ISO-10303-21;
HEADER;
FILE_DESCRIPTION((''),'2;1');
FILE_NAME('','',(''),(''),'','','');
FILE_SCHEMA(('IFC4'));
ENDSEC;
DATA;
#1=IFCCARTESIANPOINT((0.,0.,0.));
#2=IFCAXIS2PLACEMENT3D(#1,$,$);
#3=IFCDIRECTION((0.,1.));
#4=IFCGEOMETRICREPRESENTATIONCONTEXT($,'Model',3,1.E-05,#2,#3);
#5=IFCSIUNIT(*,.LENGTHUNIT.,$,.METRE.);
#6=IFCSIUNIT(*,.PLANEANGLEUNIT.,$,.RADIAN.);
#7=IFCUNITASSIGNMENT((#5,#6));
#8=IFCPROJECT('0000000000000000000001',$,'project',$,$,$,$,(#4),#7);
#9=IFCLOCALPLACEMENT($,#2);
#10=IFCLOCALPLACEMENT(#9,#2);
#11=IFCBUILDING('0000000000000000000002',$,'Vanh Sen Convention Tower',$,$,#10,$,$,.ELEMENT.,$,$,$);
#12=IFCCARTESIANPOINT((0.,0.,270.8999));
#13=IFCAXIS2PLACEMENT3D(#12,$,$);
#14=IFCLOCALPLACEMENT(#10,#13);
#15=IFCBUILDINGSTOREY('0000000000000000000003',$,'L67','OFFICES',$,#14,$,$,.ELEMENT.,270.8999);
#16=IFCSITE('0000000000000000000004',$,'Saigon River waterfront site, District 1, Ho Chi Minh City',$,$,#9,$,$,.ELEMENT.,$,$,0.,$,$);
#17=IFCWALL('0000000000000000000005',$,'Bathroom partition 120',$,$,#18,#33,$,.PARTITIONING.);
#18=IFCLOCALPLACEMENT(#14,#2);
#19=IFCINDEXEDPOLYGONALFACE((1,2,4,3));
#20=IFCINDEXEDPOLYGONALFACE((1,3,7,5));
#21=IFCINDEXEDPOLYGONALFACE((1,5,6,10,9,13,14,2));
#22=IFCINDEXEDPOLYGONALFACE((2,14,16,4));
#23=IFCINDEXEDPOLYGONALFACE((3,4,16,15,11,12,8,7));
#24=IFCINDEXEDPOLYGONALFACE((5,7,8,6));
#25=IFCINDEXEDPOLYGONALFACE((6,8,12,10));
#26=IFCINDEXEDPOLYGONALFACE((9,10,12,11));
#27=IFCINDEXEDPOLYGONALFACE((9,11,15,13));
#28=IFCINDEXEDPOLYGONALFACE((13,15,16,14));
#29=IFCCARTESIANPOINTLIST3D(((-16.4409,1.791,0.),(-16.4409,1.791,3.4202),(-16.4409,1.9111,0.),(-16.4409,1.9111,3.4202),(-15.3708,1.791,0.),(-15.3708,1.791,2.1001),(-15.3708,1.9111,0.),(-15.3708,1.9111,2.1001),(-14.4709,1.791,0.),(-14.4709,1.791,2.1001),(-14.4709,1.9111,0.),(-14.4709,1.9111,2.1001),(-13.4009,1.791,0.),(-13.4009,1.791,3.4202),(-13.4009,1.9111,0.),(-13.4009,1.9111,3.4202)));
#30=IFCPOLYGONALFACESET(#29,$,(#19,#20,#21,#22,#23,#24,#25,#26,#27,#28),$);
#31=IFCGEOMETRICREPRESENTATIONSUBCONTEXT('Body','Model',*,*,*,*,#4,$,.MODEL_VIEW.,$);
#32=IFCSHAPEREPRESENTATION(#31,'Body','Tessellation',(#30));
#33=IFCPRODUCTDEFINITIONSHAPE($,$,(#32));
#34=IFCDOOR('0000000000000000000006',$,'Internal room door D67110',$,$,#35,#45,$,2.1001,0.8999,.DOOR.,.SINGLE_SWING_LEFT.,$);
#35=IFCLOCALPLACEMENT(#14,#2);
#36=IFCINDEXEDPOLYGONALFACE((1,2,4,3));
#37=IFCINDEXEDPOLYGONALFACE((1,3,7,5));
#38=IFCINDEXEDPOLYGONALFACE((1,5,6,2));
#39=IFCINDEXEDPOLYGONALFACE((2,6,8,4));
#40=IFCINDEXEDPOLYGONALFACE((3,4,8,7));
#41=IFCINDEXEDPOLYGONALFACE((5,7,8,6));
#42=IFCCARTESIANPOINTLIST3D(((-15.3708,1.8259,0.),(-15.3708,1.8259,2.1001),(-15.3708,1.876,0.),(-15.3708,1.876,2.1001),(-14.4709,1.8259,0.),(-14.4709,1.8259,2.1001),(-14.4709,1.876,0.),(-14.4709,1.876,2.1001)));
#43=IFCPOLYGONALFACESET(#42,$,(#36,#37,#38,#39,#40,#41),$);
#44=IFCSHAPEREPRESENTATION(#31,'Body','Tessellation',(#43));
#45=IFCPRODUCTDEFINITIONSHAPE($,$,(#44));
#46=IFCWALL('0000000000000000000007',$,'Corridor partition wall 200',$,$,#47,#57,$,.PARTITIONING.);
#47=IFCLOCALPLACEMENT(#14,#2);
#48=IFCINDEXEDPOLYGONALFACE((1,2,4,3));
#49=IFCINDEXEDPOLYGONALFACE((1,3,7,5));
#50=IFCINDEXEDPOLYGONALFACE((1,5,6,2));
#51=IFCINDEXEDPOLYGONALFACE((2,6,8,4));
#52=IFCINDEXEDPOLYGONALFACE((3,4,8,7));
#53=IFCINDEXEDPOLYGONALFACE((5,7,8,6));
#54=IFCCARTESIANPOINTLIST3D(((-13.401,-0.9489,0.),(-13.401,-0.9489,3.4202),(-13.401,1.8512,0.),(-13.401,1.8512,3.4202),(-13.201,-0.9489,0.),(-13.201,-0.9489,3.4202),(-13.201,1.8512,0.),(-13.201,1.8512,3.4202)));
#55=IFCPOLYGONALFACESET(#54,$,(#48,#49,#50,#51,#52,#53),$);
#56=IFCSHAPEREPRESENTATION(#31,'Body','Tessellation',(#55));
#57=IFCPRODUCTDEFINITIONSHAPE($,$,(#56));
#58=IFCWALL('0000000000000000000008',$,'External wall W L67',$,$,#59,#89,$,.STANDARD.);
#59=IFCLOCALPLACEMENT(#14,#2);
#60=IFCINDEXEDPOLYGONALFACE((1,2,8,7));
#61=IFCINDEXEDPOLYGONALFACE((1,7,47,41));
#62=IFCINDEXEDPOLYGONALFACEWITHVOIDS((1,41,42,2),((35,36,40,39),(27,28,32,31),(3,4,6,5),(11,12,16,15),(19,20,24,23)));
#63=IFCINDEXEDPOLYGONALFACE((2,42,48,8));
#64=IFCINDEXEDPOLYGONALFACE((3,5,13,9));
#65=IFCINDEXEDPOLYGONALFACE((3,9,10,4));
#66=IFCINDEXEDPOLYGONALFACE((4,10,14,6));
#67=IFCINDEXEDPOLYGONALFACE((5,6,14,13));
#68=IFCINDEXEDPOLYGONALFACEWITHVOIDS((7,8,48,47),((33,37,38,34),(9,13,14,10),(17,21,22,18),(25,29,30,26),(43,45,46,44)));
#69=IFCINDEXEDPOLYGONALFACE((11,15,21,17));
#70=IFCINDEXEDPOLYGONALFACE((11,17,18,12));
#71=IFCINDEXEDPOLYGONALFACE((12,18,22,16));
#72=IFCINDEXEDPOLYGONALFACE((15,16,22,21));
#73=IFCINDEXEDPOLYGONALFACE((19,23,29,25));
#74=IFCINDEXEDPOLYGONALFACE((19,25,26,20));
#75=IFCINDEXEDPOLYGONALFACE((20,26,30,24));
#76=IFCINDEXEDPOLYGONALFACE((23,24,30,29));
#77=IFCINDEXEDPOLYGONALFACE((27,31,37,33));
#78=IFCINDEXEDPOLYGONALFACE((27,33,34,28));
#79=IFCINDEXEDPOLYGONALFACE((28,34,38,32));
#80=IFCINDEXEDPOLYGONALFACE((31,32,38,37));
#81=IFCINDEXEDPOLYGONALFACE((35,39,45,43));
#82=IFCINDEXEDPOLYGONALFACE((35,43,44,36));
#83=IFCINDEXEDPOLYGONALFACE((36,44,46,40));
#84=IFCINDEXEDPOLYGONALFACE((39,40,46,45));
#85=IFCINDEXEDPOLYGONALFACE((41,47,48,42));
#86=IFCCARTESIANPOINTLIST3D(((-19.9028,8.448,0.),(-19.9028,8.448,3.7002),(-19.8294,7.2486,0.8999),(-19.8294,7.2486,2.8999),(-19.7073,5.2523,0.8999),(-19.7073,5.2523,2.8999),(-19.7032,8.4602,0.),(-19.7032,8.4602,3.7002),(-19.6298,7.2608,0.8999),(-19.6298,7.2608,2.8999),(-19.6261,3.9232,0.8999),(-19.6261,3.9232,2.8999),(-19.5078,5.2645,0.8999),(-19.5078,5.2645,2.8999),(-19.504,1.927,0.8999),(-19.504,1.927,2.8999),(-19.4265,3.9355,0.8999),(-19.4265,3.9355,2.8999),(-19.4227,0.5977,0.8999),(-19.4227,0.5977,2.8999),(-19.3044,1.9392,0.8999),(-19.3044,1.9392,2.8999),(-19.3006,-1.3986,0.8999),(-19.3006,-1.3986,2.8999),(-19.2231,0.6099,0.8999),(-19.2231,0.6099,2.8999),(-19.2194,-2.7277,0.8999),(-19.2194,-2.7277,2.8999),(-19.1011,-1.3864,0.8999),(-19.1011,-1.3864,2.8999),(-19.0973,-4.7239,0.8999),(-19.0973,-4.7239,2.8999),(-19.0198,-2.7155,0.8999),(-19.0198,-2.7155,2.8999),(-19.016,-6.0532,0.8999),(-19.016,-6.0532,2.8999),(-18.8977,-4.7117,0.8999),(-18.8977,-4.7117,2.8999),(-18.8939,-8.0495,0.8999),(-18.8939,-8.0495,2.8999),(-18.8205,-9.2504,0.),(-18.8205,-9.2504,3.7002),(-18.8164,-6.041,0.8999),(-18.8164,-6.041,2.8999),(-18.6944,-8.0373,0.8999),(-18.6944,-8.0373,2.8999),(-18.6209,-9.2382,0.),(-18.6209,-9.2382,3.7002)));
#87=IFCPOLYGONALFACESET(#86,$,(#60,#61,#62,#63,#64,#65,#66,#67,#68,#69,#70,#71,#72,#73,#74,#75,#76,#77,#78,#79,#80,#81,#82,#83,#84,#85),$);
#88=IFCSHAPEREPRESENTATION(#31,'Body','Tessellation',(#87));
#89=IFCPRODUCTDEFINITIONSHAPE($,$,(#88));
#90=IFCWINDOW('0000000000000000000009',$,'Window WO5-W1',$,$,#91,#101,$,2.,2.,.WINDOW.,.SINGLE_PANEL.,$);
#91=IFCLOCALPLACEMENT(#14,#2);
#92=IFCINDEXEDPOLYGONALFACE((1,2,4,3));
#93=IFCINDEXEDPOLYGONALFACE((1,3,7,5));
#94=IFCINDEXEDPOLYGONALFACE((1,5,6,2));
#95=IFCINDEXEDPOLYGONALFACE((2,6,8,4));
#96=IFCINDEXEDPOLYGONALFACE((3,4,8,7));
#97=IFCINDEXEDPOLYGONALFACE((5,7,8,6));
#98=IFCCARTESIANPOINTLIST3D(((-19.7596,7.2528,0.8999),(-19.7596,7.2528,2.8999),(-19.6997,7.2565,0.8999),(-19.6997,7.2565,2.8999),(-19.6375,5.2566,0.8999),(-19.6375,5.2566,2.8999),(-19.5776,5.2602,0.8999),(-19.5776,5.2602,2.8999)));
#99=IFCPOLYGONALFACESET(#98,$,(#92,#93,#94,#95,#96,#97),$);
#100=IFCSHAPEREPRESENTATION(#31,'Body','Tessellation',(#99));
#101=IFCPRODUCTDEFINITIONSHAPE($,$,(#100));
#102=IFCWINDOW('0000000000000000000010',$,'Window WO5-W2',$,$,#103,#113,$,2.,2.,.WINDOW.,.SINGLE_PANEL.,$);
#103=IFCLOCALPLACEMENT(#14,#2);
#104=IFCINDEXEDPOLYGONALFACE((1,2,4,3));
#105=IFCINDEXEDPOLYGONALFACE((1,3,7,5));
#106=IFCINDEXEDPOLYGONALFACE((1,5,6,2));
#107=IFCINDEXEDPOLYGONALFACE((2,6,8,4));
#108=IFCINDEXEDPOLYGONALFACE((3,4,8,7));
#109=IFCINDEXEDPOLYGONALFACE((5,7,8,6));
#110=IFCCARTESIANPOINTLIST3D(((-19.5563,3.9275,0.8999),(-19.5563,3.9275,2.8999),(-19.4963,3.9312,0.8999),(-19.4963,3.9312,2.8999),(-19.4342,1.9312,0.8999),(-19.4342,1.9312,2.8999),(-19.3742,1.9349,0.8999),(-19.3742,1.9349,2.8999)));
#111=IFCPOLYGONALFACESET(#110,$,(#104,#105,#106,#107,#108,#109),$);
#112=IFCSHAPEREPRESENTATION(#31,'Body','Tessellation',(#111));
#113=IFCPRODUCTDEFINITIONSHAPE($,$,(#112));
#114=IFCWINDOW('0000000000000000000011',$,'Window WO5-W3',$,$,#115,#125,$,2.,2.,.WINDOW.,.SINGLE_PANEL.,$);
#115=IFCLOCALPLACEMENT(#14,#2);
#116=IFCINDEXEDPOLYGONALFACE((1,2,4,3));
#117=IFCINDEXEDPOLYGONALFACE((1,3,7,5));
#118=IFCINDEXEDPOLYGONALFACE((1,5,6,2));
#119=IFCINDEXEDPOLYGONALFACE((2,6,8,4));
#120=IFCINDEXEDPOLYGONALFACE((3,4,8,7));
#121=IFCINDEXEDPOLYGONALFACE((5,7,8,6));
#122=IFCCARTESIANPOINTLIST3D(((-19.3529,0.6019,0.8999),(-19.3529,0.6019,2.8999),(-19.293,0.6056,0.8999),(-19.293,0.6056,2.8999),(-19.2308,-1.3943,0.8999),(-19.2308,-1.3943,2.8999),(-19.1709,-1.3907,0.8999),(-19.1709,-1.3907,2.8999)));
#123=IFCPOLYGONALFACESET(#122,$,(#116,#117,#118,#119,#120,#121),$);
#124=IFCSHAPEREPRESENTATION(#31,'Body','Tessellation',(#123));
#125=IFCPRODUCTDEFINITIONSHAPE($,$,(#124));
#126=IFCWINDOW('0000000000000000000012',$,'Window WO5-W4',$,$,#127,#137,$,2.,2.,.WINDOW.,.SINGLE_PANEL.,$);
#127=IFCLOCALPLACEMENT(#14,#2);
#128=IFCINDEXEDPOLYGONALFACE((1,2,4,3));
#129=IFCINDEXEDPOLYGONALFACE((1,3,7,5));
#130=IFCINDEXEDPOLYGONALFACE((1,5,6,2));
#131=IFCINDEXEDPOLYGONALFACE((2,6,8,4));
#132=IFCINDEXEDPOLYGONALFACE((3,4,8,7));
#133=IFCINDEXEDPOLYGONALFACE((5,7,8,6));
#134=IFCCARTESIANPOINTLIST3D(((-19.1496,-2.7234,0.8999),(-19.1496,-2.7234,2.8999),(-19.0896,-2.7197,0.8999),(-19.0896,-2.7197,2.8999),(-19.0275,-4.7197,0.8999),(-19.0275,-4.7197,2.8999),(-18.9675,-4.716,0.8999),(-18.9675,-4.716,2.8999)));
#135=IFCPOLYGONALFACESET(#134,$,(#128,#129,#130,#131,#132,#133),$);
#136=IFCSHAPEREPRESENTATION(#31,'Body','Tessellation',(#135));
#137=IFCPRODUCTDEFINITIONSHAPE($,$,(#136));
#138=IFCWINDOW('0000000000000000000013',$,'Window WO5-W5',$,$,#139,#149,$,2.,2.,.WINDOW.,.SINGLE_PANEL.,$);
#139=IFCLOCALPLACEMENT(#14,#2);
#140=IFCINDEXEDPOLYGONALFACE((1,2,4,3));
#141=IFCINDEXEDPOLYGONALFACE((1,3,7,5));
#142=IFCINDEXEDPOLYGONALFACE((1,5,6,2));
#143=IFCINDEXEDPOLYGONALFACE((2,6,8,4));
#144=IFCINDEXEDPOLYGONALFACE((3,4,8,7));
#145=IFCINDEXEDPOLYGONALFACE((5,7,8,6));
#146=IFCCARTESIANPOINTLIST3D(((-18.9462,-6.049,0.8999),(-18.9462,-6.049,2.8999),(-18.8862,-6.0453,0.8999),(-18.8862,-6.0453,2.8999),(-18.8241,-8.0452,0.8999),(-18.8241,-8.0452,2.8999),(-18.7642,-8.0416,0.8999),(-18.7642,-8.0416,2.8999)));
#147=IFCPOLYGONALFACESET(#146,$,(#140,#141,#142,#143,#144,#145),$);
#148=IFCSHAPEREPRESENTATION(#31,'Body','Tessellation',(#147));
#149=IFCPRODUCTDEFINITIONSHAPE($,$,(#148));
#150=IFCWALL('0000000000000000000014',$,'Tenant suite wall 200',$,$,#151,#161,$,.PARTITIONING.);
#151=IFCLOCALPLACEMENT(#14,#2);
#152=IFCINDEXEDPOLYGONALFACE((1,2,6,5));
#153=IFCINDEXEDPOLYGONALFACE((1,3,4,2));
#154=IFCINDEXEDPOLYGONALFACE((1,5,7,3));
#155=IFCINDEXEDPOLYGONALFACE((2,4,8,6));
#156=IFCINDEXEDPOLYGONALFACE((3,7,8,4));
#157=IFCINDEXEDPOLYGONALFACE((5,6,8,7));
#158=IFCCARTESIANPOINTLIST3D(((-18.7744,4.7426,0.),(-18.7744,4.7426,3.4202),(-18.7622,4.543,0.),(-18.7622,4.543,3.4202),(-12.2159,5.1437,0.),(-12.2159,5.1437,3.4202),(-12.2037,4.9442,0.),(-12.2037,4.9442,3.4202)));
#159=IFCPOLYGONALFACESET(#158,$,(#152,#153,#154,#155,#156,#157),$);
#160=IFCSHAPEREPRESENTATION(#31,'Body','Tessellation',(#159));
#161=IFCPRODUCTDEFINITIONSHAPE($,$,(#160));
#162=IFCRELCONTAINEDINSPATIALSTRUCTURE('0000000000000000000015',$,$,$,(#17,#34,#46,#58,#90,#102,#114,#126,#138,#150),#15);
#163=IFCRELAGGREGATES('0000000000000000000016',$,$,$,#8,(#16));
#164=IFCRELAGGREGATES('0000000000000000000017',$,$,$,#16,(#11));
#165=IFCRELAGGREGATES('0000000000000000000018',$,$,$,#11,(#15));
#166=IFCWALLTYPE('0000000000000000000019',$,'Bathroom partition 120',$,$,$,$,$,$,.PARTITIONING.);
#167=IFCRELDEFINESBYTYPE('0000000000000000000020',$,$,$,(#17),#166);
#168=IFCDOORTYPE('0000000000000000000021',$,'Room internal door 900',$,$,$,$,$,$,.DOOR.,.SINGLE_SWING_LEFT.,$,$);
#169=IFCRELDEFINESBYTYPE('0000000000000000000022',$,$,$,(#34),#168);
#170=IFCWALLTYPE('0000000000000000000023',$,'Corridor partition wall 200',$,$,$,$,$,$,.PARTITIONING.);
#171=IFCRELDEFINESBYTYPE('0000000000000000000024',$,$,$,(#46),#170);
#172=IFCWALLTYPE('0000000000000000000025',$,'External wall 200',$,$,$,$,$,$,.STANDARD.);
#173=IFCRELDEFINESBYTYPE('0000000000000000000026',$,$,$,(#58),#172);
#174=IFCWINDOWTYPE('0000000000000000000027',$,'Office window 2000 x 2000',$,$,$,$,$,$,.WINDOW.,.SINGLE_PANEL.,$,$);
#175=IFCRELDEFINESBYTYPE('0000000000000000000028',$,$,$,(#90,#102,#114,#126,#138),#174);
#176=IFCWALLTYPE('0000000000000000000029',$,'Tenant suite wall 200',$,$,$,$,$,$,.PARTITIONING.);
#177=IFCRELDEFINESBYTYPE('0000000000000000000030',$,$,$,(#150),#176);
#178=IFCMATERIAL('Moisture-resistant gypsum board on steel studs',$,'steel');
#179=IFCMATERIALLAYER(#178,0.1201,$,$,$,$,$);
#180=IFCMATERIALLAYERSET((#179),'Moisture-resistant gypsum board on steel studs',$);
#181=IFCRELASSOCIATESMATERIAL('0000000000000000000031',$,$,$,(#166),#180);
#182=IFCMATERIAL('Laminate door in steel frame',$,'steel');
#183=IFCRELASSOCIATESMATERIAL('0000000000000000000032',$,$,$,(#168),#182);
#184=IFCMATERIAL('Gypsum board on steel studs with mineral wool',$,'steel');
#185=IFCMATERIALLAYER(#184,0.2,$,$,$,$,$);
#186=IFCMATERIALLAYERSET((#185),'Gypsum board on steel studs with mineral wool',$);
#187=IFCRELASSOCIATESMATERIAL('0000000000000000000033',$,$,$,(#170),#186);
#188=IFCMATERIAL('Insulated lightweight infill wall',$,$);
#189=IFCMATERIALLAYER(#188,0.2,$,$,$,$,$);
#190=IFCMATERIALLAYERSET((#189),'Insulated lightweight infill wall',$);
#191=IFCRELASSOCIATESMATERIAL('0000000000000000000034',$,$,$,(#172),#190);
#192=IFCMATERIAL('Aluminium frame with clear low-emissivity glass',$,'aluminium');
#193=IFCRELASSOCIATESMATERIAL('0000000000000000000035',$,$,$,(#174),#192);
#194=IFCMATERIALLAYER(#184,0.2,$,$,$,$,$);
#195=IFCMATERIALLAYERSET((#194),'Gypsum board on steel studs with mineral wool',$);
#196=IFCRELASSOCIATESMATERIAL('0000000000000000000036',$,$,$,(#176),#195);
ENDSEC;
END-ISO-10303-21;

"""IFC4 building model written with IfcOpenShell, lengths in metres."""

from ifc_helpers import new_model, si_unit, direction, frame, frame_2d, origin, place, context, subcontext, project, spatial, rectangle, extrude, material, layer, layer_set, type_object, element, fill, save


model = new_model("IFC4")

# Units and contexts
model_context = context("Model", 3, precision=1e-05, world=origin(), true_north=direction((0.0, 1.0)))
body_context = subcontext(model_context, "Body", "Model", "MODEL_VIEW")
ifc_project = project(units=[si_unit("LENGTHUNIT", "METRE"), si_unit("PLANEANGLEUNIT", "RADIAN")], contexts=[model_context])

# Site, building, storey
site_placement = place(None, origin())
site = spatial("IfcSite", under=ifc_project, at=site_placement, Name="Saigon River waterfront site, District 1, Ho Chi Minh City", CompositionType="ELEMENT", RefElevation=0.0)
building_placement = place(site_placement, origin())
building = spatial("IfcBuilding", under=site, at=building_placement, Name="Vanh Sen Convention Tower", CompositionType="ELEMENT")
storey_placement = place(building_placement, frame((0.0, 0.0, 270.8999)))
storey = spatial("IfcBuildingStorey", under=building, at=storey_placement, Name="L67", Description="OFFICES", CompositionType="ELEMENT", Elevation=270.8999)

# Wall, opening, door
ifc_material_1 = material(Name="Moisture-resistant gypsum board on steel studs", Category="steel")
ifc_layer_1 = layer(ifc_material_1, 0.1201)
ifc_layer_set_1 = layer_set([ifc_layer_1], Name="Moisture-resistant gypsum board on steel studs")
wall_type_1 = type_object("IfcWallType", Name="Bathroom partition 120", PredefinedType="PARTITIONING", material=ifc_layer_set_1)
wall_1_placement = place(storey_placement, frame((-16.4409, 1.8511, 0.0), z_axis=(0.0, 0.0, 1.0), x_axis=(1.0, 0.0, 0.0)))
wall_1 = element("IfcWall", 1, at=wall_1_placement, inside=storey, type_object=wall_type_1, Name="Bathroom partition 120", PredefinedType="PARTITIONING", context=body_context, shape_type="SweptSolid", body=[
    extrude(rectangle(XDim=3.04, YDim=0.1201, at=frame_2d((1.52, 0.0))), origin(), (0.0, 0.0, 1.0), 3.4202),
])
opening_1_placement = place(wall_1_placement, frame((1.0701, 0.0, 0.0)))
opening_1 = element("IfcOpeningElement", 2, at=opening_1_placement, cuts=wall_1, PredefinedType="OPENING", context=body_context, shape_type="SweptSolid", body=[
    extrude(rectangle(XDim=0.8999, YDim=2.1001, at=frame_2d((0.45, 1.05))), frame((0.0, 0.0701, 0.0), z_axis=(0.0, -1.0, 0.0), x_axis=(1.0, 0.0, 0.0)), (0.0, 0.0, 1.0), 0.1401),
])
ifc_material_2 = material(Name="Laminate door in steel frame", Category="steel")
door_type = type_object("IfcDoorType", Name="Room internal door 900", OperationType="SINGLE_SWING_LEFT", PredefinedType="DOOR", material=ifc_material_2)
door_placement = place(opening_1_placement, origin())
door = element("IfcDoor", 3, at=door_placement, inside=storey, type_object=door_type, Name="Internal room door D67110", OperationType="SINGLE_SWING_LEFT", OverallHeight=2.1001, OverallWidth=0.8999, PredefinedType="DOOR", context=body_context, shape_type="SweptSolid", body=[
    extrude(rectangle(XDim=0.8999, YDim=2.1001, at=frame_2d((0.45, 1.05))), frame((0.0, 0.0249, 0.0), z_axis=(0.0, -1.0, 0.0), x_axis=(1.0, 0.0, 0.0)), (0.0, 0.0, 1.0), 0.05),
])
fill(opening_1, door)

# Wall
ifc_material_3 = material(Name="Gypsum board on steel studs with mineral wool", Category="steel")
ifc_layer_2 = layer(ifc_material_3, 0.2)
ifc_layer_set_2 = layer_set([ifc_layer_2], Name="Gypsum board on steel studs with mineral wool")
wall_type_2 = type_object("IfcWallType", Name="Corridor partition wall 200", PredefinedType="PARTITIONING", material=ifc_layer_set_2)
wall_2_placement = place(storey_placement, frame((-13.301, 1.8511, 0.0), z_axis=(0.0, 0.0, 1.0), x_axis=(0.0, -1.0, 0.0)))
element("IfcWall", 4, at=wall_2_placement, inside=storey, type_object=wall_type_2, Name="Corridor partition wall 200", PredefinedType="PARTITIONING", context=body_context, shape_type="SweptSolid", body=[
    extrude(rectangle(XDim=2.8, YDim=0.2, at=frame_2d((1.3999, 0.0))), origin(), (0.0, 0.0, 1.0), 3.4202),
])

# Wall, openings, windows
ifc_material_4 = material(Name="Insulated lightweight infill wall")
ifc_layer_3 = layer(ifc_material_4, 0.2)
ifc_layer_set_3 = layer_set([ifc_layer_3], Name="Insulated lightweight infill wall")
wall_type_3 = type_object("IfcWallType", Name="External wall 200", PredefinedType="STANDARD", material=ifc_layer_set_3)
wall_3_placement = place(storey_placement, frame((-19.803, 8.4541, 0.0), z_axis=(0.0, 0.0, 1.0), x_axis=(0.061037, -0.998136, 0.0)))
wall_3 = element("IfcWall", 5, at=wall_3_placement, inside=storey, type_object=wall_type_3, Name="External wall W L67", PredefinedType="STANDARD", context=body_context, shape_type="SweptSolid", body=[
    extrude(rectangle(XDim=17.7314, YDim=0.2, at=frame_2d((8.8657, 0.0))), origin(), (0.0, 0.0, 1.0), 3.7002),
])
opening_2_placement = place(wall_3_placement, frame((1.2017, 0.0, 0.8999)))
opening_2 = element("IfcOpeningElement", 6, at=opening_2_placement, cuts=wall_3, PredefinedType="OPENING", context=body_context, shape_type="SweptSolid", body=[
    extrude(rectangle(XDim=2.0, YDim=2.0, at=frame_2d((1.0, 1.0))), frame((0.0, 0.1099, 0.0), z_axis=(0.0, -1.0, 0.0), x_axis=(1.0, 0.0, 0.0)), (0.0, 0.0, 1.0), 0.22),
])
opening_3_placement = place(wall_3_placement, frame((4.5332, 0.0, 0.8999)))
opening_3 = element("IfcOpeningElement", 7, at=opening_3_placement, cuts=wall_3, PredefinedType="OPENING", context=body_context, shape_type="SweptSolid", body=[
    extrude(rectangle(XDim=2.0, YDim=2.0, at=frame_2d((1.0, 1.0))), frame((0.0, 0.1099, 0.0), z_axis=(0.0, -1.0, 0.0), x_axis=(1.0, 0.0, 0.0)), (0.0, 0.0, 1.0), 0.22),
])
opening_4_placement = place(wall_3_placement, frame((7.865, 0.0, 0.8999)))
opening_4 = element("IfcOpeningElement", 8, at=opening_4_placement, cuts=wall_3, PredefinedType="OPENING", context=body_context, shape_type="SweptSolid", body=[
    extrude(rectangle(XDim=2.0, YDim=2.0, at=frame_2d((1.0, 1.0))), frame((0.0, 0.1099, 0.0), z_axis=(0.0, -1.0, 0.0), x_axis=(1.0, 0.0, 0.0)), (0.0, 0.0, 1.0), 0.22),
])
opening_5_placement = place(wall_3_placement, frame((11.1965, 0.0, 0.8999)))
opening_5 = element("IfcOpeningElement", 9, at=opening_5_placement, cuts=wall_3, PredefinedType="OPENING", context=body_context, shape_type="SweptSolid", body=[
    extrude(rectangle(XDim=2.0, YDim=2.0, at=frame_2d((1.0, 1.0))), frame((0.0, 0.1099, 0.0), z_axis=(0.0, -1.0, 0.0), x_axis=(1.0, 0.0, 0.0)), (0.0, 0.0, 1.0), 0.22),
])
opening_6_placement = place(wall_3_placement, frame((14.5283, 0.0, 0.8999)))
opening_6 = element("IfcOpeningElement", 10, at=opening_6_placement, cuts=wall_3, PredefinedType="OPENING", context=body_context, shape_type="SweptSolid", body=[
    extrude(rectangle(XDim=2.0, YDim=2.0, at=frame_2d((1.0, 1.0))), frame((0.0, 0.1099, 0.0), z_axis=(0.0, -1.0, 0.0), x_axis=(1.0, 0.0, 0.0)), (0.0, 0.0, 1.0), 0.22),
])
ifc_material_5 = material(Name="Aluminium frame with clear low-emissivity glass", Category="aluminium")
window_type = type_object("IfcWindowType", Name="Office window 2000 x 2000", PartitioningType="SINGLE_PANEL", PredefinedType="WINDOW", material=ifc_material_5)
window_1_placement = place(opening_2_placement, origin())
window_1 = element("IfcWindow", 11, at=window_1_placement, inside=storey, type_object=window_type, Name="Window WO5-W1", OverallHeight=2.0, OverallWidth=2.0, PartitioningType="SINGLE_PANEL", PredefinedType="WINDOW", context=body_context, shape_type="SweptSolid", body=[
    extrude(rectangle(XDim=2.0, YDim=2.0, at=frame_2d((1.0, 1.0))), frame((0.0, 0.03, 0.0), z_axis=(0.0, -1.0, 0.0), x_axis=(1.0, 0.0, 0.0)), (0.0, 0.0, 1.0), 0.0601),
])
fill(opening_2, window_1)
window_2_placement = place(opening_3_placement, origin())
window_2 = element("IfcWindow", 12, at=window_2_placement, inside=storey, type_object=window_type, Name="Window WO5-W2", OverallHeight=2.0, OverallWidth=2.0, PartitioningType="SINGLE_PANEL", PredefinedType="WINDOW", context=body_context, shape_type="SweptSolid", body=[
    extrude(rectangle(XDim=2.0, YDim=2.0, at=frame_2d((1.0, 1.0))), frame((0.0, 0.03, 0.0), z_axis=(0.0, -1.0, 0.0), x_axis=(1.0, 0.0, 0.0)), (0.0, 0.0, 1.0), 0.0601),
])
fill(opening_3, window_2)
window_3_placement = place(opening_4_placement, origin())
window_3 = element("IfcWindow", 13, at=window_3_placement, inside=storey, type_object=window_type, Name="Window WO5-W3", OverallHeight=2.0, OverallWidth=2.0, PartitioningType="SINGLE_PANEL", PredefinedType="WINDOW", context=body_context, shape_type="SweptSolid", body=[
    extrude(rectangle(XDim=2.0, YDim=2.0, at=frame_2d((1.0, 1.0))), frame((0.0, 0.03, 0.0), z_axis=(0.0, -1.0, 0.0), x_axis=(1.0, 0.0, 0.0)), (0.0, 0.0, 1.0), 0.0601),
])
fill(opening_4, window_3)
window_4_placement = place(opening_5_placement, origin())
window_4 = element("IfcWindow", 14, at=window_4_placement, inside=storey, type_object=window_type, Name="Window WO5-W4", OverallHeight=2.0, OverallWidth=2.0, PartitioningType="SINGLE_PANEL", PredefinedType="WINDOW", context=body_context, shape_type="SweptSolid", body=[
    extrude(rectangle(XDim=2.0, YDim=2.0, at=frame_2d((1.0, 1.0))), frame((0.0, 0.03, 0.0), z_axis=(0.0, -1.0, 0.0), x_axis=(1.0, 0.0, 0.0)), (0.0, 0.0, 1.0), 0.0601),
])
fill(opening_5, window_4)
window_5_placement = place(opening_6_placement, origin())
window_5 = element("IfcWindow", 15, at=window_5_placement, inside=storey, type_object=window_type, Name="Window WO5-W5", OverallHeight=2.0, OverallWidth=2.0, PartitioningType="SINGLE_PANEL", PredefinedType="WINDOW", context=body_context, shape_type="SweptSolid", body=[
    extrude(rectangle(XDim=2.0, YDim=2.0, at=frame_2d((1.0, 1.0))), frame((0.0, 0.03, 0.0), z_axis=(0.0, -1.0, 0.0), x_axis=(1.0, 0.0, 0.0)), (0.0, 0.0, 1.0), 0.0601),
])
fill(opening_6, window_5)

# Wall
ifc_layer_4 = layer(ifc_material_3, 0.2)
ifc_layer_set_4 = layer_set([ifc_layer_4], Name="Gypsum board on steel studs with mineral wool")
wall_type_4 = type_object("IfcWallType", Name="Tenant suite wall 200", PredefinedType="PARTITIONING", material=ifc_layer_set_4)
wall_4_placement = place(storey_placement, frame((-18.7683, 4.6428, 0.0), z_axis=(0.0, 0.0, 1.0), x_axis=(0.998135, 0.061046, 0.0)))
element("IfcWall", 16, at=wall_4_placement, inside=storey, type_object=wall_type_4, Name="Tenant suite wall 200", PredefinedType="PARTITIONING", context=body_context, shape_type="SweptSolid", body=[
    extrude(rectangle(XDim=6.5708, YDim=0.2, at=frame_2d((3.2854, 0.0))), origin(), (0.0, 0.0, 1.0), 3.4202),
])

save(model, "model.ifc")
